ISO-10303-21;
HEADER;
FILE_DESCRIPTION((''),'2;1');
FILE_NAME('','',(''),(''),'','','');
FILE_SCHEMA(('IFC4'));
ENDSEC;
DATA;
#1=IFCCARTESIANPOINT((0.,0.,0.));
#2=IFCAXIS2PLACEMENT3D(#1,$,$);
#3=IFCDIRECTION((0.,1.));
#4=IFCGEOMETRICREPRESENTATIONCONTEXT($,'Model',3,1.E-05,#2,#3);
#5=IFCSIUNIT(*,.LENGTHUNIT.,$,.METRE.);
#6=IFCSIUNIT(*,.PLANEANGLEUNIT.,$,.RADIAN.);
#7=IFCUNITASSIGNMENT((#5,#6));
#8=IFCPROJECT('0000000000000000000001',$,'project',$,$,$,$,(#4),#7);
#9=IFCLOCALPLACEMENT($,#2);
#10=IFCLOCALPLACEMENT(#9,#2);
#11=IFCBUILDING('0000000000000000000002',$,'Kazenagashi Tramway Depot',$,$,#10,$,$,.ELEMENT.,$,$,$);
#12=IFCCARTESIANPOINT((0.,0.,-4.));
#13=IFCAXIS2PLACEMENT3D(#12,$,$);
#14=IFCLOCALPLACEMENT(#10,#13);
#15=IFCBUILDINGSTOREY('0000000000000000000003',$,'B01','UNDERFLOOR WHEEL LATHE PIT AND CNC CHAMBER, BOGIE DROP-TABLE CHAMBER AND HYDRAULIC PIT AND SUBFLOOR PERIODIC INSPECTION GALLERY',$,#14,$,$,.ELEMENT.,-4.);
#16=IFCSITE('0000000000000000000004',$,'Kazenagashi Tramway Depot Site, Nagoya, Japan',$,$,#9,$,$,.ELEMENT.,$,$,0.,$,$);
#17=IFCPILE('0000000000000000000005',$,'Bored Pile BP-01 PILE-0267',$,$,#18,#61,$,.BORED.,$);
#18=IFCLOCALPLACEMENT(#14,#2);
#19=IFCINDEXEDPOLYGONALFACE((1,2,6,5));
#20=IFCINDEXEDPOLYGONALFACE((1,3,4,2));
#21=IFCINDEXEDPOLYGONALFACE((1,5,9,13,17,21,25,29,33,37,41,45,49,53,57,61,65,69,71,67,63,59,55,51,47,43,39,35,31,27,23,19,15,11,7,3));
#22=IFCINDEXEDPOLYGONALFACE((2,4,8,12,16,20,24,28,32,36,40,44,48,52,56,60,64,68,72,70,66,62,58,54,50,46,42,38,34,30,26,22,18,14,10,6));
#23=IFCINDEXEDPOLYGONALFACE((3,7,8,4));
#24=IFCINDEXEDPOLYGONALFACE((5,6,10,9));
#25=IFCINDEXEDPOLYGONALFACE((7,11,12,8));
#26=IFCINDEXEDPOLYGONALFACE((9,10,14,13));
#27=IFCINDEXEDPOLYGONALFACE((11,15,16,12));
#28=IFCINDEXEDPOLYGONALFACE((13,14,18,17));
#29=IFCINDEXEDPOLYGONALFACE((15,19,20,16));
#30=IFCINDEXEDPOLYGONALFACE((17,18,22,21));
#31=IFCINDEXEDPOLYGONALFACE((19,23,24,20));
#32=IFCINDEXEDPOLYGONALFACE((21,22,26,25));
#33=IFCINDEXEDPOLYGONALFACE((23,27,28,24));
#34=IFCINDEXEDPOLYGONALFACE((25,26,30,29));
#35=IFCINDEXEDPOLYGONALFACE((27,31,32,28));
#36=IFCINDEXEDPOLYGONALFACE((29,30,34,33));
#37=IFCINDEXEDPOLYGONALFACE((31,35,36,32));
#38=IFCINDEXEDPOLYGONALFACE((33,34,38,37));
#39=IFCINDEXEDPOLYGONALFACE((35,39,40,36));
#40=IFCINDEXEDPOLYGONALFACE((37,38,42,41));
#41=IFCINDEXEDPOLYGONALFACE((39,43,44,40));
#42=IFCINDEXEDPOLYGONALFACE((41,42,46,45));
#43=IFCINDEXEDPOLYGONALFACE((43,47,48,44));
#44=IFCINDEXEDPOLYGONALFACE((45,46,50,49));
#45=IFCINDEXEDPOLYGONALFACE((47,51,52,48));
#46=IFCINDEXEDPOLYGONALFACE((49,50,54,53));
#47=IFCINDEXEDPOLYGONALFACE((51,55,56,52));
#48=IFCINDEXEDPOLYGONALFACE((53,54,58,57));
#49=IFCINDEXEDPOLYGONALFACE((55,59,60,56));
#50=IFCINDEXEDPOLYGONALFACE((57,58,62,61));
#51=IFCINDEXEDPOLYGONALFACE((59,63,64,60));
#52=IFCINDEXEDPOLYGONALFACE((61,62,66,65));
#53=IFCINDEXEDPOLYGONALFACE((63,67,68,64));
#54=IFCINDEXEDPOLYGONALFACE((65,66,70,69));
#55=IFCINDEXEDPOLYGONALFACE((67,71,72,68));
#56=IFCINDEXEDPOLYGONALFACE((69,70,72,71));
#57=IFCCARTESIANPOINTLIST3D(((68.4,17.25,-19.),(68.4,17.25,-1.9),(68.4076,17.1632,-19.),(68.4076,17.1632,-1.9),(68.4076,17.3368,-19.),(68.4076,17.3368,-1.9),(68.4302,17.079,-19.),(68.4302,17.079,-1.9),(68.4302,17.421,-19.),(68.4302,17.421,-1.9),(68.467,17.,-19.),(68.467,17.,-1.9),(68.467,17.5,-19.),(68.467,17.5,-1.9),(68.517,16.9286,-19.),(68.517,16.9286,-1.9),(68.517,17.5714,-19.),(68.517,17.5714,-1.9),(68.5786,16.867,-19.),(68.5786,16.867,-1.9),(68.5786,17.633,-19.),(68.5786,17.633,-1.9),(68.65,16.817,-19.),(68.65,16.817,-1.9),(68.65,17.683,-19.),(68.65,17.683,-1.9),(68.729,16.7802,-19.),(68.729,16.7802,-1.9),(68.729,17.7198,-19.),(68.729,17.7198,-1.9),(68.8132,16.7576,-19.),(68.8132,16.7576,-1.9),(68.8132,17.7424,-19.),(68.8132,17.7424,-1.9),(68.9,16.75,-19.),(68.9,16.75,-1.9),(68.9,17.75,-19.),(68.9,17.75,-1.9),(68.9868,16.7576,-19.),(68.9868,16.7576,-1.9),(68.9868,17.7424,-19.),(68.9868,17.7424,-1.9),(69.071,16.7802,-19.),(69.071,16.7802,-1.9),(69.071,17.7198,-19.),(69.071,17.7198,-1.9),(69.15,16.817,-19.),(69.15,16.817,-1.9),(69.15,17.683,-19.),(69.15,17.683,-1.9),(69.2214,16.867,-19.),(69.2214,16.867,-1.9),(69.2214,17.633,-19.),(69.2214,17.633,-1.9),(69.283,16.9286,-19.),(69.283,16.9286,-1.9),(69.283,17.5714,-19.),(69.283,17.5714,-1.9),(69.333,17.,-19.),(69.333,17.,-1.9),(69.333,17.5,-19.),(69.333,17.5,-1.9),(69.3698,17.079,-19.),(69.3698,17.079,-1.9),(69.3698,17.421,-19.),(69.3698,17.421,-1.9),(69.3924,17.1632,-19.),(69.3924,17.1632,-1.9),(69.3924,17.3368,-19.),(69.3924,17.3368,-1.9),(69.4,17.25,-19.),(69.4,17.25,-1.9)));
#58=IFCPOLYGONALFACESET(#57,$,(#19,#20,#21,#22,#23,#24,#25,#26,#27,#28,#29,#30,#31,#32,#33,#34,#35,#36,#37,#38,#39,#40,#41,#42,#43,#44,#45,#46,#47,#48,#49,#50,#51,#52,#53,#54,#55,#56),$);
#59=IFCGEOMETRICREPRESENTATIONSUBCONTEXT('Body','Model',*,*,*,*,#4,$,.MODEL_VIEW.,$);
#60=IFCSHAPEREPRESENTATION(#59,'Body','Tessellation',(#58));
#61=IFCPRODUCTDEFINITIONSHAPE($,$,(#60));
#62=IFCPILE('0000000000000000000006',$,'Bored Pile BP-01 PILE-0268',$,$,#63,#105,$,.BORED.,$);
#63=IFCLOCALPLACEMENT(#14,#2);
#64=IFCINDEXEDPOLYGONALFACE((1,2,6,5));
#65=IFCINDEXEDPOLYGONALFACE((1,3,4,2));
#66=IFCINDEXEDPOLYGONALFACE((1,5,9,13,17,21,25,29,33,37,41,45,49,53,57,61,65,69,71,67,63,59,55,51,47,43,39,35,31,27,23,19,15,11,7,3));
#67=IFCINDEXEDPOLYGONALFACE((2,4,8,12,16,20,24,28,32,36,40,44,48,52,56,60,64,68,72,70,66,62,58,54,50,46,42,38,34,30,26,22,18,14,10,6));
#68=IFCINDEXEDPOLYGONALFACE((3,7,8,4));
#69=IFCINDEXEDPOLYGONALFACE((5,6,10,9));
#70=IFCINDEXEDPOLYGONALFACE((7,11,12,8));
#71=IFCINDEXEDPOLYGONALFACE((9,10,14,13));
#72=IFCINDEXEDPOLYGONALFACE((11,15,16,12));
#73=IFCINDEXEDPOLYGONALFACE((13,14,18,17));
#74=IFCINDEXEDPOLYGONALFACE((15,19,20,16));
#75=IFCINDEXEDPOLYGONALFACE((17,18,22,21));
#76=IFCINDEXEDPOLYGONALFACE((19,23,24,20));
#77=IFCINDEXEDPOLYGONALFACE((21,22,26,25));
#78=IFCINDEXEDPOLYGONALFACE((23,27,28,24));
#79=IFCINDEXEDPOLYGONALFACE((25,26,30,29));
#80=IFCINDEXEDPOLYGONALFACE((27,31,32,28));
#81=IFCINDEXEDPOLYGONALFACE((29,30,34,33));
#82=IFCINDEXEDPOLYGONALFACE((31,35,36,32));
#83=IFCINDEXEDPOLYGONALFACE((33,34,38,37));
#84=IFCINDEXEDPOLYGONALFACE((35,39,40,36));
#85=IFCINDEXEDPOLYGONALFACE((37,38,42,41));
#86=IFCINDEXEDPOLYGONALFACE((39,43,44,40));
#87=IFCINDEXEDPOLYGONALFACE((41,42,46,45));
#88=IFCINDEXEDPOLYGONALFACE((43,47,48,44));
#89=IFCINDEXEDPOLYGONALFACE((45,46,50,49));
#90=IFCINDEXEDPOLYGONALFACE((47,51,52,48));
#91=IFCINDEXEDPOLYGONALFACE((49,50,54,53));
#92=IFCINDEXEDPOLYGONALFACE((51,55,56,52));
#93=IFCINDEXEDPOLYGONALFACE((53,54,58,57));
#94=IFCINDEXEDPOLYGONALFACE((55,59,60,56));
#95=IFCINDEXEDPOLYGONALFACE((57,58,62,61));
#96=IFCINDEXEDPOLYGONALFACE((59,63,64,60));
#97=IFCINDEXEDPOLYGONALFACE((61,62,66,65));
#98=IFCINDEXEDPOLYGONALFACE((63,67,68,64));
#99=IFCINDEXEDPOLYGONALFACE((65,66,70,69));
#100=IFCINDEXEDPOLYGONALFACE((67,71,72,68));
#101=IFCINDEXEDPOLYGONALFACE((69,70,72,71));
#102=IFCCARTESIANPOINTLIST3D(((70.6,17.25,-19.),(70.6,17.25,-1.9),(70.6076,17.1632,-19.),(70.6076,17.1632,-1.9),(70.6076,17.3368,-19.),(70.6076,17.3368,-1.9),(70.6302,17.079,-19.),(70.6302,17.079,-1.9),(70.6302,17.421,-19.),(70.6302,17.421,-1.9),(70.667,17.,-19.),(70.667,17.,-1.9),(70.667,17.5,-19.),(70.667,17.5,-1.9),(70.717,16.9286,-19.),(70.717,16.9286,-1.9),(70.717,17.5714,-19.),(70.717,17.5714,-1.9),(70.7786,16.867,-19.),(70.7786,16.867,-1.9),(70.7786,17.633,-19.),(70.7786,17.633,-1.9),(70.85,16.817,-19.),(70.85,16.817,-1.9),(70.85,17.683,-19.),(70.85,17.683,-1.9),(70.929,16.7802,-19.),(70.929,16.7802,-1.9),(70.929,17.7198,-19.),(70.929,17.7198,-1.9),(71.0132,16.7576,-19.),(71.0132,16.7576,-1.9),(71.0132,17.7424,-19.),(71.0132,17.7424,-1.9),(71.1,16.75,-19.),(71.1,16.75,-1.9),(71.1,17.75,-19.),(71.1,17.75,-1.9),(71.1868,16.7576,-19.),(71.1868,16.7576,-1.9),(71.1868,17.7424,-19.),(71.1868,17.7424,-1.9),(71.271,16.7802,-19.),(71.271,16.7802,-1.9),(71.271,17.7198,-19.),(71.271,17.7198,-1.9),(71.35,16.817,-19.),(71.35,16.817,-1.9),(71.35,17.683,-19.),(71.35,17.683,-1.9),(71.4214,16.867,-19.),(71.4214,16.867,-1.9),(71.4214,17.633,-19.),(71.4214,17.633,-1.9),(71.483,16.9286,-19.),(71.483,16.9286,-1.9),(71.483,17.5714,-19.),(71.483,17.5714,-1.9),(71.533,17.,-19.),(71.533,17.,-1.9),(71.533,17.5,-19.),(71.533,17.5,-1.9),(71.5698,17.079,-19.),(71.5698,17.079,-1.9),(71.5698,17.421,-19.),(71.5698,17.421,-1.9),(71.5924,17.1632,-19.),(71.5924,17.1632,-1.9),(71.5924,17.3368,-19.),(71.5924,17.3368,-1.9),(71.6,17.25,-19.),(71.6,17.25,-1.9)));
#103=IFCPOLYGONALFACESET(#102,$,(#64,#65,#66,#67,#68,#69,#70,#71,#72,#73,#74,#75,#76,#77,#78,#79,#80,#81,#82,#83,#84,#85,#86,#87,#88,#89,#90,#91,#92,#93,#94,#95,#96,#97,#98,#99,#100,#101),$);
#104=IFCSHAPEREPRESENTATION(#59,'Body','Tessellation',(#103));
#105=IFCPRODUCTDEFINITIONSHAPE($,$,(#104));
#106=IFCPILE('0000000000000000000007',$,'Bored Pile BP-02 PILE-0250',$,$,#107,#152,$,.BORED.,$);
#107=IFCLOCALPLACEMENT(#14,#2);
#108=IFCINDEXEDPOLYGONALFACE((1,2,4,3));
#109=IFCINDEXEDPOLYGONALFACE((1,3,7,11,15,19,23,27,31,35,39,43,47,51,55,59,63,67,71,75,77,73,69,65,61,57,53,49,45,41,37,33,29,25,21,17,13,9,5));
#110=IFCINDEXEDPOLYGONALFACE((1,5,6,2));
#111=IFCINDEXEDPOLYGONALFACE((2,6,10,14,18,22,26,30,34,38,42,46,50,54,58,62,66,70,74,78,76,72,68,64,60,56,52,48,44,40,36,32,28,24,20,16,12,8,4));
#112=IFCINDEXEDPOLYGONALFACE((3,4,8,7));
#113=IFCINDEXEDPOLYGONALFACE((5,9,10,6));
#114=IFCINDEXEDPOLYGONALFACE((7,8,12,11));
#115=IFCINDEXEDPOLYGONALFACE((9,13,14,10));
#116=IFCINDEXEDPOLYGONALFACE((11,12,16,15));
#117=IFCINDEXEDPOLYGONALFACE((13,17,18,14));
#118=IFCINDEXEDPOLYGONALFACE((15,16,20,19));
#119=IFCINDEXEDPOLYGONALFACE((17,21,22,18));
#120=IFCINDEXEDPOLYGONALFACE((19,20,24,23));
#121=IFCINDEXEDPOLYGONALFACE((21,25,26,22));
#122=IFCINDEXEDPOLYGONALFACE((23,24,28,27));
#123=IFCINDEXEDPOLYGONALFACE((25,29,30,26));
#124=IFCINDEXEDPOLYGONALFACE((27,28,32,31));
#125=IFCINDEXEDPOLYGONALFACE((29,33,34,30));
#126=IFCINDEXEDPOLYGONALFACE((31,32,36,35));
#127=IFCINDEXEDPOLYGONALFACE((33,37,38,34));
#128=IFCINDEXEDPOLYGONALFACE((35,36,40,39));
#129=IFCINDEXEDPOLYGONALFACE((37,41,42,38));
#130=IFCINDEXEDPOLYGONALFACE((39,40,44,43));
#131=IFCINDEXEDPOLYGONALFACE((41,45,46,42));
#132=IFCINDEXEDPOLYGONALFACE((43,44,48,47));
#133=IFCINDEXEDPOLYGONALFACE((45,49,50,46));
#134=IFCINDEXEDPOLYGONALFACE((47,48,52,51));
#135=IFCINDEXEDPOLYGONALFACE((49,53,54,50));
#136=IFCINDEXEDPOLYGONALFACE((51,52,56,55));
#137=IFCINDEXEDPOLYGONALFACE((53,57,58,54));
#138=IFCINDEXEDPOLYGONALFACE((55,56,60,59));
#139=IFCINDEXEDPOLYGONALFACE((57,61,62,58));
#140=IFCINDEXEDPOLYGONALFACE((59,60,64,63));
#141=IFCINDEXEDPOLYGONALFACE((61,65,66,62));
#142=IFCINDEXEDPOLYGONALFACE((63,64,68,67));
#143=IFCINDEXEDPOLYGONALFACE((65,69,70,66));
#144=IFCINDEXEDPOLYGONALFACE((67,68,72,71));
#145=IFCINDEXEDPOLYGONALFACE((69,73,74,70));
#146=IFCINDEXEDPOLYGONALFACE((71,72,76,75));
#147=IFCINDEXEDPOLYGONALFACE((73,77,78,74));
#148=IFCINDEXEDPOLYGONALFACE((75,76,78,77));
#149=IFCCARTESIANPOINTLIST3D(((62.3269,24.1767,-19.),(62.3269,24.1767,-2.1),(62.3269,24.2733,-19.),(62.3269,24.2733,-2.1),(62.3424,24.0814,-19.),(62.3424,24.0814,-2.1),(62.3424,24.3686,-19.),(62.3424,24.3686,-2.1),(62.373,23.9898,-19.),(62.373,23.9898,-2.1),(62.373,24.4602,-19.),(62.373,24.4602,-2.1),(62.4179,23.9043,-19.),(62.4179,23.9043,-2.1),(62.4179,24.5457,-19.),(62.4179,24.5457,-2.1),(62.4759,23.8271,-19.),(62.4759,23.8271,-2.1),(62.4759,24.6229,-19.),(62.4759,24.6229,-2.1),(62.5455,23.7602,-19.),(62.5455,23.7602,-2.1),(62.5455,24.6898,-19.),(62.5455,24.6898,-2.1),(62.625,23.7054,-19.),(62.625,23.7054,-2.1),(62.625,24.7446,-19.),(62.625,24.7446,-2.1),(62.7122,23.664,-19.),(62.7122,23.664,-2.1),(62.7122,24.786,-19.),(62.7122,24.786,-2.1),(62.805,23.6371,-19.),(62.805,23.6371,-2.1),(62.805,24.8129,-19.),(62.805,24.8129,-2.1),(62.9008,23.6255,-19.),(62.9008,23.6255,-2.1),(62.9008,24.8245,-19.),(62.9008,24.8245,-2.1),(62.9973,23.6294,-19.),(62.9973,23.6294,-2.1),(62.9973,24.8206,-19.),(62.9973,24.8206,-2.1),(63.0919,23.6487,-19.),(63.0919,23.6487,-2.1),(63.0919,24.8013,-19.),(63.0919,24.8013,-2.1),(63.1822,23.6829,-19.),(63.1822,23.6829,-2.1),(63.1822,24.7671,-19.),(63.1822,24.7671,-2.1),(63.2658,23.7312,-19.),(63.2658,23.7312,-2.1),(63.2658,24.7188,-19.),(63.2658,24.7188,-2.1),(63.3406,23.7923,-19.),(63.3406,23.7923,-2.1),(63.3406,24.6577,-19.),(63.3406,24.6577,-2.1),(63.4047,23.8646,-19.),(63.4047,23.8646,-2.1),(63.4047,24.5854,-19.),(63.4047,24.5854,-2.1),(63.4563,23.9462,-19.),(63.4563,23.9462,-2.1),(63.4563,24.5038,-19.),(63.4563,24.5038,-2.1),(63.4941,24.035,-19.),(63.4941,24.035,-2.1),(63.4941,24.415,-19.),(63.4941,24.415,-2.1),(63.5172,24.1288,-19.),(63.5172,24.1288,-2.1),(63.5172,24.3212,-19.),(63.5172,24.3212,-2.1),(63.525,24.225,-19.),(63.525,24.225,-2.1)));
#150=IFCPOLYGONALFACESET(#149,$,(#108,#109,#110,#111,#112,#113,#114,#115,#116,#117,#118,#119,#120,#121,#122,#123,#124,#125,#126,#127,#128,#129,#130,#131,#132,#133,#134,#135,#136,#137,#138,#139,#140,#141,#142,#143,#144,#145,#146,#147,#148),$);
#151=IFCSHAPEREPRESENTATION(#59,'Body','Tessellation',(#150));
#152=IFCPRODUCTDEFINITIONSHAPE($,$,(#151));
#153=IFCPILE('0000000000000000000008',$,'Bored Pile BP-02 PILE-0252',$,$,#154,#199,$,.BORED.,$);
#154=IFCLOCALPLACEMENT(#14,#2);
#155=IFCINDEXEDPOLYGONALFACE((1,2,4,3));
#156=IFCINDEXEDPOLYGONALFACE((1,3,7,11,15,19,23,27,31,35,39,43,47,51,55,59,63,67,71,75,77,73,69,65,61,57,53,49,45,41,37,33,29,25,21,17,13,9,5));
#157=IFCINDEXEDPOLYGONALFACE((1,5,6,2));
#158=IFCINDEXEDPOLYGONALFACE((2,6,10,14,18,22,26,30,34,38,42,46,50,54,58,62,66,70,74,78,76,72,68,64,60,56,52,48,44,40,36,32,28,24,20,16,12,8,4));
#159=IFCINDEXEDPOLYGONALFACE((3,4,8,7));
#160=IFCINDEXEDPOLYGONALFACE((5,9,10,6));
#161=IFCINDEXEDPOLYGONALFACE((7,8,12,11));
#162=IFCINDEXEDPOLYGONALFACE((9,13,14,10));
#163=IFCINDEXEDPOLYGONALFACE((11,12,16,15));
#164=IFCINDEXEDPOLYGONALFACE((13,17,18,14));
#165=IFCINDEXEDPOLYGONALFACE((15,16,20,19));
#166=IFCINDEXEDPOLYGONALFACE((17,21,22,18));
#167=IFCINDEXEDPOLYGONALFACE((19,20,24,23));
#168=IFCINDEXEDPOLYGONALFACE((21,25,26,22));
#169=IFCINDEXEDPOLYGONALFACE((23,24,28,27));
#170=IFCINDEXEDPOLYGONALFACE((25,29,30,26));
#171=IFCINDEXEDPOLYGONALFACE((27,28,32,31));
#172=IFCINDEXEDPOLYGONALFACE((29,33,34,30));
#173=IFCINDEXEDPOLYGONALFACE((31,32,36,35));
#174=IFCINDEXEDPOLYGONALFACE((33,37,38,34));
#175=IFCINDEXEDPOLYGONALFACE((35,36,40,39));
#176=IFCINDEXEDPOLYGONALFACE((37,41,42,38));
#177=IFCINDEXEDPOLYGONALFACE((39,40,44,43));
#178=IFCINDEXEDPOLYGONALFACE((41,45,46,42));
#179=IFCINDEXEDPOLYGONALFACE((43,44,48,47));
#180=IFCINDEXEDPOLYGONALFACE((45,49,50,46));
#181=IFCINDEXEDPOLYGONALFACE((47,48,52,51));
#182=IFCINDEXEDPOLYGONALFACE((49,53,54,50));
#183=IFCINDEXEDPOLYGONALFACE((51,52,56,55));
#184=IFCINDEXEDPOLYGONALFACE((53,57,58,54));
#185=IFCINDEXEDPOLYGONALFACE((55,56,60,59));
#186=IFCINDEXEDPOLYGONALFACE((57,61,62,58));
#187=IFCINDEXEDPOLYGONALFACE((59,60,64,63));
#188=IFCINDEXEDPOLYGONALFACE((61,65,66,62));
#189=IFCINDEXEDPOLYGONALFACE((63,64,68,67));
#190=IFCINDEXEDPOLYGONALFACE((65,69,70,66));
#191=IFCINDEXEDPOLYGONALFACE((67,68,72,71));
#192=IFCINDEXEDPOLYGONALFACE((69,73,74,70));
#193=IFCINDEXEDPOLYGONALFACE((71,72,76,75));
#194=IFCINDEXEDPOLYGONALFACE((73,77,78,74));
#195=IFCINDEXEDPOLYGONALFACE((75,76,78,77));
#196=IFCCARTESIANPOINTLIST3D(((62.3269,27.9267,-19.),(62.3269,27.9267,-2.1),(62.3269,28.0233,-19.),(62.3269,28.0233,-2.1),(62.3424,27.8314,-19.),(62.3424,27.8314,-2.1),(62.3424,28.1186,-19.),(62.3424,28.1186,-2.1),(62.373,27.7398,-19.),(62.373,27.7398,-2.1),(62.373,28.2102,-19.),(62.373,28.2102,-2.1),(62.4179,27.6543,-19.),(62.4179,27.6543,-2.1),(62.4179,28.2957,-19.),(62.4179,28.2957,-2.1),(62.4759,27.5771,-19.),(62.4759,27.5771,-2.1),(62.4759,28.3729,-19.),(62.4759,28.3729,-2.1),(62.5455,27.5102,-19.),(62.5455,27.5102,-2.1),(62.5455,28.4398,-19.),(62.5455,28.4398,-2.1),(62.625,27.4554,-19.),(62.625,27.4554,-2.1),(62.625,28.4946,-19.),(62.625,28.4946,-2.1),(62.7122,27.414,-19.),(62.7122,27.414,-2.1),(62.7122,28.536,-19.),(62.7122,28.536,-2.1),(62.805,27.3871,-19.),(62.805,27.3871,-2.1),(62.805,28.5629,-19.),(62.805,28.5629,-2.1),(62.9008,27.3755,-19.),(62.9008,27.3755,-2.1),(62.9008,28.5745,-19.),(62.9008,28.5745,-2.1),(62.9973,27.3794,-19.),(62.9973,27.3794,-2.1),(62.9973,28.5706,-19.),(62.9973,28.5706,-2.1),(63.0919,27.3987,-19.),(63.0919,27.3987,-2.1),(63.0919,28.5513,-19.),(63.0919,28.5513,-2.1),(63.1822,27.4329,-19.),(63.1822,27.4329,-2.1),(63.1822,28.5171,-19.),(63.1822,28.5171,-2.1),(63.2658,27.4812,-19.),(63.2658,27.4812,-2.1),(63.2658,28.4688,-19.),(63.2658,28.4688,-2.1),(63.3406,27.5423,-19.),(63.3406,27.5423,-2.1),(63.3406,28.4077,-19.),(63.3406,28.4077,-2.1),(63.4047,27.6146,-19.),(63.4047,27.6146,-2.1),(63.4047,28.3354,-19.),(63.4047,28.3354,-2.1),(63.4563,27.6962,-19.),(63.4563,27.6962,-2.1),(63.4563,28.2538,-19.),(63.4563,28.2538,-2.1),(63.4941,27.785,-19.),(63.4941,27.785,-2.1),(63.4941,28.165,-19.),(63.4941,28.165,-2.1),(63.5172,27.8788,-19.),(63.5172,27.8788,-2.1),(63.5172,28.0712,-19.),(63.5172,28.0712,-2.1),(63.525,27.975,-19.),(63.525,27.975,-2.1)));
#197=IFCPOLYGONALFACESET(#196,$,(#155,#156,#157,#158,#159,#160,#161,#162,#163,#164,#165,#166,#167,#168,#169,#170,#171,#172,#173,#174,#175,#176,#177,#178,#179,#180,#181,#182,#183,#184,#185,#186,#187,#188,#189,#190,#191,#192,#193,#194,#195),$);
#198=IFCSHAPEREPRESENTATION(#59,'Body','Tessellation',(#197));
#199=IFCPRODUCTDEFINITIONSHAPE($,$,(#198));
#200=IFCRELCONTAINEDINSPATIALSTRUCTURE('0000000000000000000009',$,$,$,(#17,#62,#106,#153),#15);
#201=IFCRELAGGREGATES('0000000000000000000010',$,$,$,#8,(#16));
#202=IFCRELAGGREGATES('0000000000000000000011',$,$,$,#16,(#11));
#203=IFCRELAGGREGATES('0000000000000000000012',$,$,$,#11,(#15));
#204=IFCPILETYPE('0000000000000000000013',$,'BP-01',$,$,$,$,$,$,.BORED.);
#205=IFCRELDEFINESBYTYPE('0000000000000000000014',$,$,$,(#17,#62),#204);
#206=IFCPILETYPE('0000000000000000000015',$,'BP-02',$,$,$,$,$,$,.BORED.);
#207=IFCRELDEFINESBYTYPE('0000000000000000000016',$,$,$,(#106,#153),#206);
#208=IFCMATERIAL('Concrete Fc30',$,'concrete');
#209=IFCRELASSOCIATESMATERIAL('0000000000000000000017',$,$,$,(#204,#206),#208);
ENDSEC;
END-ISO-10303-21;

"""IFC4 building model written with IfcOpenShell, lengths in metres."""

from ifc_helpers import new_model, si_unit, direction, frame, origin, origin_2d, place, context, subcontext, project, spatial, circle, extrude, material, material_profile, profile_set, type_object, element, save


model = new_model("IFC4")

# Units and contexts
model_context = context("Model", 3, precision=1e-05, world=origin(), true_north=direction((0.0, 1.0)))
body_context = subcontext(model_context, "Body", "Model", "MODEL_VIEW")
ifc_project = project(units=[si_unit("LENGTHUNIT", "METRE"), si_unit("PLANEANGLEUNIT", "RADIAN")], contexts=[model_context])

# Site, building, storey
site_placement = place(None, origin())
site = spatial("IfcSite", under=ifc_project, at=site_placement, Name="Kazenagashi Tramway Depot Site, Nagoya, Japan", CompositionType="ELEMENT", RefElevation=0.0)
building_placement = place(site_placement, origin())
building = spatial("IfcBuilding", under=site, at=building_placement, Name="Kazenagashi Tramway Depot", CompositionType="ELEMENT")
storey_placement = place(building_placement, frame((0.0, 0.0, -4.0)))
storey = spatial("IfcBuildingStorey", under=building, at=storey_placement, Name="B01", Description="UNDERFLOOR WHEEL LATHE PIT AND CNC CHAMBER, BOGIE DROP-TABLE CHAMBER AND HYDRAULIC PIT AND SUBFLOOR PERIODIC INSPECTION GALLERY", CompositionType="ELEMENT", Elevation=-4.0)

# Piles
ifc_material_1 = material(Name="Concrete Fc30", Category="concrete")
ifc_material_profile_1 = material_profile(ifc_material_1, circle(Radius=0.5, at=origin_2d()), Name="PILE-1000")
ifc_profile_set_1 = profile_set([ifc_material_profile_1], Name="Concrete Fc30")
pile_type_1 = type_object("IfcPileType", Name="BP-01", PredefinedType="BORED", material=ifc_profile_set_1)
for number, where, z_axis, x_axis, name in (
    (1, (68.9, 17.25, -1.9), (0.0, 0.0, -1.0), (1.0, 0.0, 0.0), "Bored Pile BP-01 PILE-0267"),
    (2, (71.1, 17.25, -1.9), (0.0, 0.0, -1.0), (1.0, 0.0, 0.0), "Bored Pile BP-01 PILE-0268"),
):
    element("IfcPile", number, at=place(storey_placement, frame(where, z_axis=z_axis, x_axis=x_axis)), inside=storey, type_object=pile_type_1, Name=name, PredefinedType="BORED", context=body_context, shape_type="SweptSolid", body=[
        extrude(circle(Radius=0.5, at=origin_2d()), origin(), (0.0, 0.0, 1.0), 17.1),
    ])
ifc_material_profile_2 = material_profile(ifc_material_1, circle(Radius=0.6, at=origin_2d()), Name="PILE-1200")
ifc_profile_set_2 = profile_set([ifc_material_profile_2], Name="Concrete Fc30")
pile_type_2 = type_object("IfcPileType", Name="BP-02", PredefinedType="BORED", material=ifc_profile_set_2)
for number, where, z_axis, x_axis, name in (
    (3, (62.925, 24.225, -2.1), (0.0, 0.0, -1.0), (1.0, 0.0, 0.0), "Bored Pile BP-02 PILE-0250"),
    (4, (62.925, 27.975, -2.1), (0.0, 0.0, -1.0), (1.0, 0.0, 0.0), "Bored Pile BP-02 PILE-0252"),
):
    element("IfcPile", number, at=place(storey_placement, frame(where, z_axis=z_axis, x_axis=x_axis)), inside=storey, type_object=pile_type_2, Name=name, PredefinedType="BORED", context=body_context, shape_type="SweptSolid", body=[
        extrude(circle(Radius=0.6, at=origin_2d()), origin(), (0.0, 0.0, 1.0), 16.9),
    ])

save(model, "model.ifc")
